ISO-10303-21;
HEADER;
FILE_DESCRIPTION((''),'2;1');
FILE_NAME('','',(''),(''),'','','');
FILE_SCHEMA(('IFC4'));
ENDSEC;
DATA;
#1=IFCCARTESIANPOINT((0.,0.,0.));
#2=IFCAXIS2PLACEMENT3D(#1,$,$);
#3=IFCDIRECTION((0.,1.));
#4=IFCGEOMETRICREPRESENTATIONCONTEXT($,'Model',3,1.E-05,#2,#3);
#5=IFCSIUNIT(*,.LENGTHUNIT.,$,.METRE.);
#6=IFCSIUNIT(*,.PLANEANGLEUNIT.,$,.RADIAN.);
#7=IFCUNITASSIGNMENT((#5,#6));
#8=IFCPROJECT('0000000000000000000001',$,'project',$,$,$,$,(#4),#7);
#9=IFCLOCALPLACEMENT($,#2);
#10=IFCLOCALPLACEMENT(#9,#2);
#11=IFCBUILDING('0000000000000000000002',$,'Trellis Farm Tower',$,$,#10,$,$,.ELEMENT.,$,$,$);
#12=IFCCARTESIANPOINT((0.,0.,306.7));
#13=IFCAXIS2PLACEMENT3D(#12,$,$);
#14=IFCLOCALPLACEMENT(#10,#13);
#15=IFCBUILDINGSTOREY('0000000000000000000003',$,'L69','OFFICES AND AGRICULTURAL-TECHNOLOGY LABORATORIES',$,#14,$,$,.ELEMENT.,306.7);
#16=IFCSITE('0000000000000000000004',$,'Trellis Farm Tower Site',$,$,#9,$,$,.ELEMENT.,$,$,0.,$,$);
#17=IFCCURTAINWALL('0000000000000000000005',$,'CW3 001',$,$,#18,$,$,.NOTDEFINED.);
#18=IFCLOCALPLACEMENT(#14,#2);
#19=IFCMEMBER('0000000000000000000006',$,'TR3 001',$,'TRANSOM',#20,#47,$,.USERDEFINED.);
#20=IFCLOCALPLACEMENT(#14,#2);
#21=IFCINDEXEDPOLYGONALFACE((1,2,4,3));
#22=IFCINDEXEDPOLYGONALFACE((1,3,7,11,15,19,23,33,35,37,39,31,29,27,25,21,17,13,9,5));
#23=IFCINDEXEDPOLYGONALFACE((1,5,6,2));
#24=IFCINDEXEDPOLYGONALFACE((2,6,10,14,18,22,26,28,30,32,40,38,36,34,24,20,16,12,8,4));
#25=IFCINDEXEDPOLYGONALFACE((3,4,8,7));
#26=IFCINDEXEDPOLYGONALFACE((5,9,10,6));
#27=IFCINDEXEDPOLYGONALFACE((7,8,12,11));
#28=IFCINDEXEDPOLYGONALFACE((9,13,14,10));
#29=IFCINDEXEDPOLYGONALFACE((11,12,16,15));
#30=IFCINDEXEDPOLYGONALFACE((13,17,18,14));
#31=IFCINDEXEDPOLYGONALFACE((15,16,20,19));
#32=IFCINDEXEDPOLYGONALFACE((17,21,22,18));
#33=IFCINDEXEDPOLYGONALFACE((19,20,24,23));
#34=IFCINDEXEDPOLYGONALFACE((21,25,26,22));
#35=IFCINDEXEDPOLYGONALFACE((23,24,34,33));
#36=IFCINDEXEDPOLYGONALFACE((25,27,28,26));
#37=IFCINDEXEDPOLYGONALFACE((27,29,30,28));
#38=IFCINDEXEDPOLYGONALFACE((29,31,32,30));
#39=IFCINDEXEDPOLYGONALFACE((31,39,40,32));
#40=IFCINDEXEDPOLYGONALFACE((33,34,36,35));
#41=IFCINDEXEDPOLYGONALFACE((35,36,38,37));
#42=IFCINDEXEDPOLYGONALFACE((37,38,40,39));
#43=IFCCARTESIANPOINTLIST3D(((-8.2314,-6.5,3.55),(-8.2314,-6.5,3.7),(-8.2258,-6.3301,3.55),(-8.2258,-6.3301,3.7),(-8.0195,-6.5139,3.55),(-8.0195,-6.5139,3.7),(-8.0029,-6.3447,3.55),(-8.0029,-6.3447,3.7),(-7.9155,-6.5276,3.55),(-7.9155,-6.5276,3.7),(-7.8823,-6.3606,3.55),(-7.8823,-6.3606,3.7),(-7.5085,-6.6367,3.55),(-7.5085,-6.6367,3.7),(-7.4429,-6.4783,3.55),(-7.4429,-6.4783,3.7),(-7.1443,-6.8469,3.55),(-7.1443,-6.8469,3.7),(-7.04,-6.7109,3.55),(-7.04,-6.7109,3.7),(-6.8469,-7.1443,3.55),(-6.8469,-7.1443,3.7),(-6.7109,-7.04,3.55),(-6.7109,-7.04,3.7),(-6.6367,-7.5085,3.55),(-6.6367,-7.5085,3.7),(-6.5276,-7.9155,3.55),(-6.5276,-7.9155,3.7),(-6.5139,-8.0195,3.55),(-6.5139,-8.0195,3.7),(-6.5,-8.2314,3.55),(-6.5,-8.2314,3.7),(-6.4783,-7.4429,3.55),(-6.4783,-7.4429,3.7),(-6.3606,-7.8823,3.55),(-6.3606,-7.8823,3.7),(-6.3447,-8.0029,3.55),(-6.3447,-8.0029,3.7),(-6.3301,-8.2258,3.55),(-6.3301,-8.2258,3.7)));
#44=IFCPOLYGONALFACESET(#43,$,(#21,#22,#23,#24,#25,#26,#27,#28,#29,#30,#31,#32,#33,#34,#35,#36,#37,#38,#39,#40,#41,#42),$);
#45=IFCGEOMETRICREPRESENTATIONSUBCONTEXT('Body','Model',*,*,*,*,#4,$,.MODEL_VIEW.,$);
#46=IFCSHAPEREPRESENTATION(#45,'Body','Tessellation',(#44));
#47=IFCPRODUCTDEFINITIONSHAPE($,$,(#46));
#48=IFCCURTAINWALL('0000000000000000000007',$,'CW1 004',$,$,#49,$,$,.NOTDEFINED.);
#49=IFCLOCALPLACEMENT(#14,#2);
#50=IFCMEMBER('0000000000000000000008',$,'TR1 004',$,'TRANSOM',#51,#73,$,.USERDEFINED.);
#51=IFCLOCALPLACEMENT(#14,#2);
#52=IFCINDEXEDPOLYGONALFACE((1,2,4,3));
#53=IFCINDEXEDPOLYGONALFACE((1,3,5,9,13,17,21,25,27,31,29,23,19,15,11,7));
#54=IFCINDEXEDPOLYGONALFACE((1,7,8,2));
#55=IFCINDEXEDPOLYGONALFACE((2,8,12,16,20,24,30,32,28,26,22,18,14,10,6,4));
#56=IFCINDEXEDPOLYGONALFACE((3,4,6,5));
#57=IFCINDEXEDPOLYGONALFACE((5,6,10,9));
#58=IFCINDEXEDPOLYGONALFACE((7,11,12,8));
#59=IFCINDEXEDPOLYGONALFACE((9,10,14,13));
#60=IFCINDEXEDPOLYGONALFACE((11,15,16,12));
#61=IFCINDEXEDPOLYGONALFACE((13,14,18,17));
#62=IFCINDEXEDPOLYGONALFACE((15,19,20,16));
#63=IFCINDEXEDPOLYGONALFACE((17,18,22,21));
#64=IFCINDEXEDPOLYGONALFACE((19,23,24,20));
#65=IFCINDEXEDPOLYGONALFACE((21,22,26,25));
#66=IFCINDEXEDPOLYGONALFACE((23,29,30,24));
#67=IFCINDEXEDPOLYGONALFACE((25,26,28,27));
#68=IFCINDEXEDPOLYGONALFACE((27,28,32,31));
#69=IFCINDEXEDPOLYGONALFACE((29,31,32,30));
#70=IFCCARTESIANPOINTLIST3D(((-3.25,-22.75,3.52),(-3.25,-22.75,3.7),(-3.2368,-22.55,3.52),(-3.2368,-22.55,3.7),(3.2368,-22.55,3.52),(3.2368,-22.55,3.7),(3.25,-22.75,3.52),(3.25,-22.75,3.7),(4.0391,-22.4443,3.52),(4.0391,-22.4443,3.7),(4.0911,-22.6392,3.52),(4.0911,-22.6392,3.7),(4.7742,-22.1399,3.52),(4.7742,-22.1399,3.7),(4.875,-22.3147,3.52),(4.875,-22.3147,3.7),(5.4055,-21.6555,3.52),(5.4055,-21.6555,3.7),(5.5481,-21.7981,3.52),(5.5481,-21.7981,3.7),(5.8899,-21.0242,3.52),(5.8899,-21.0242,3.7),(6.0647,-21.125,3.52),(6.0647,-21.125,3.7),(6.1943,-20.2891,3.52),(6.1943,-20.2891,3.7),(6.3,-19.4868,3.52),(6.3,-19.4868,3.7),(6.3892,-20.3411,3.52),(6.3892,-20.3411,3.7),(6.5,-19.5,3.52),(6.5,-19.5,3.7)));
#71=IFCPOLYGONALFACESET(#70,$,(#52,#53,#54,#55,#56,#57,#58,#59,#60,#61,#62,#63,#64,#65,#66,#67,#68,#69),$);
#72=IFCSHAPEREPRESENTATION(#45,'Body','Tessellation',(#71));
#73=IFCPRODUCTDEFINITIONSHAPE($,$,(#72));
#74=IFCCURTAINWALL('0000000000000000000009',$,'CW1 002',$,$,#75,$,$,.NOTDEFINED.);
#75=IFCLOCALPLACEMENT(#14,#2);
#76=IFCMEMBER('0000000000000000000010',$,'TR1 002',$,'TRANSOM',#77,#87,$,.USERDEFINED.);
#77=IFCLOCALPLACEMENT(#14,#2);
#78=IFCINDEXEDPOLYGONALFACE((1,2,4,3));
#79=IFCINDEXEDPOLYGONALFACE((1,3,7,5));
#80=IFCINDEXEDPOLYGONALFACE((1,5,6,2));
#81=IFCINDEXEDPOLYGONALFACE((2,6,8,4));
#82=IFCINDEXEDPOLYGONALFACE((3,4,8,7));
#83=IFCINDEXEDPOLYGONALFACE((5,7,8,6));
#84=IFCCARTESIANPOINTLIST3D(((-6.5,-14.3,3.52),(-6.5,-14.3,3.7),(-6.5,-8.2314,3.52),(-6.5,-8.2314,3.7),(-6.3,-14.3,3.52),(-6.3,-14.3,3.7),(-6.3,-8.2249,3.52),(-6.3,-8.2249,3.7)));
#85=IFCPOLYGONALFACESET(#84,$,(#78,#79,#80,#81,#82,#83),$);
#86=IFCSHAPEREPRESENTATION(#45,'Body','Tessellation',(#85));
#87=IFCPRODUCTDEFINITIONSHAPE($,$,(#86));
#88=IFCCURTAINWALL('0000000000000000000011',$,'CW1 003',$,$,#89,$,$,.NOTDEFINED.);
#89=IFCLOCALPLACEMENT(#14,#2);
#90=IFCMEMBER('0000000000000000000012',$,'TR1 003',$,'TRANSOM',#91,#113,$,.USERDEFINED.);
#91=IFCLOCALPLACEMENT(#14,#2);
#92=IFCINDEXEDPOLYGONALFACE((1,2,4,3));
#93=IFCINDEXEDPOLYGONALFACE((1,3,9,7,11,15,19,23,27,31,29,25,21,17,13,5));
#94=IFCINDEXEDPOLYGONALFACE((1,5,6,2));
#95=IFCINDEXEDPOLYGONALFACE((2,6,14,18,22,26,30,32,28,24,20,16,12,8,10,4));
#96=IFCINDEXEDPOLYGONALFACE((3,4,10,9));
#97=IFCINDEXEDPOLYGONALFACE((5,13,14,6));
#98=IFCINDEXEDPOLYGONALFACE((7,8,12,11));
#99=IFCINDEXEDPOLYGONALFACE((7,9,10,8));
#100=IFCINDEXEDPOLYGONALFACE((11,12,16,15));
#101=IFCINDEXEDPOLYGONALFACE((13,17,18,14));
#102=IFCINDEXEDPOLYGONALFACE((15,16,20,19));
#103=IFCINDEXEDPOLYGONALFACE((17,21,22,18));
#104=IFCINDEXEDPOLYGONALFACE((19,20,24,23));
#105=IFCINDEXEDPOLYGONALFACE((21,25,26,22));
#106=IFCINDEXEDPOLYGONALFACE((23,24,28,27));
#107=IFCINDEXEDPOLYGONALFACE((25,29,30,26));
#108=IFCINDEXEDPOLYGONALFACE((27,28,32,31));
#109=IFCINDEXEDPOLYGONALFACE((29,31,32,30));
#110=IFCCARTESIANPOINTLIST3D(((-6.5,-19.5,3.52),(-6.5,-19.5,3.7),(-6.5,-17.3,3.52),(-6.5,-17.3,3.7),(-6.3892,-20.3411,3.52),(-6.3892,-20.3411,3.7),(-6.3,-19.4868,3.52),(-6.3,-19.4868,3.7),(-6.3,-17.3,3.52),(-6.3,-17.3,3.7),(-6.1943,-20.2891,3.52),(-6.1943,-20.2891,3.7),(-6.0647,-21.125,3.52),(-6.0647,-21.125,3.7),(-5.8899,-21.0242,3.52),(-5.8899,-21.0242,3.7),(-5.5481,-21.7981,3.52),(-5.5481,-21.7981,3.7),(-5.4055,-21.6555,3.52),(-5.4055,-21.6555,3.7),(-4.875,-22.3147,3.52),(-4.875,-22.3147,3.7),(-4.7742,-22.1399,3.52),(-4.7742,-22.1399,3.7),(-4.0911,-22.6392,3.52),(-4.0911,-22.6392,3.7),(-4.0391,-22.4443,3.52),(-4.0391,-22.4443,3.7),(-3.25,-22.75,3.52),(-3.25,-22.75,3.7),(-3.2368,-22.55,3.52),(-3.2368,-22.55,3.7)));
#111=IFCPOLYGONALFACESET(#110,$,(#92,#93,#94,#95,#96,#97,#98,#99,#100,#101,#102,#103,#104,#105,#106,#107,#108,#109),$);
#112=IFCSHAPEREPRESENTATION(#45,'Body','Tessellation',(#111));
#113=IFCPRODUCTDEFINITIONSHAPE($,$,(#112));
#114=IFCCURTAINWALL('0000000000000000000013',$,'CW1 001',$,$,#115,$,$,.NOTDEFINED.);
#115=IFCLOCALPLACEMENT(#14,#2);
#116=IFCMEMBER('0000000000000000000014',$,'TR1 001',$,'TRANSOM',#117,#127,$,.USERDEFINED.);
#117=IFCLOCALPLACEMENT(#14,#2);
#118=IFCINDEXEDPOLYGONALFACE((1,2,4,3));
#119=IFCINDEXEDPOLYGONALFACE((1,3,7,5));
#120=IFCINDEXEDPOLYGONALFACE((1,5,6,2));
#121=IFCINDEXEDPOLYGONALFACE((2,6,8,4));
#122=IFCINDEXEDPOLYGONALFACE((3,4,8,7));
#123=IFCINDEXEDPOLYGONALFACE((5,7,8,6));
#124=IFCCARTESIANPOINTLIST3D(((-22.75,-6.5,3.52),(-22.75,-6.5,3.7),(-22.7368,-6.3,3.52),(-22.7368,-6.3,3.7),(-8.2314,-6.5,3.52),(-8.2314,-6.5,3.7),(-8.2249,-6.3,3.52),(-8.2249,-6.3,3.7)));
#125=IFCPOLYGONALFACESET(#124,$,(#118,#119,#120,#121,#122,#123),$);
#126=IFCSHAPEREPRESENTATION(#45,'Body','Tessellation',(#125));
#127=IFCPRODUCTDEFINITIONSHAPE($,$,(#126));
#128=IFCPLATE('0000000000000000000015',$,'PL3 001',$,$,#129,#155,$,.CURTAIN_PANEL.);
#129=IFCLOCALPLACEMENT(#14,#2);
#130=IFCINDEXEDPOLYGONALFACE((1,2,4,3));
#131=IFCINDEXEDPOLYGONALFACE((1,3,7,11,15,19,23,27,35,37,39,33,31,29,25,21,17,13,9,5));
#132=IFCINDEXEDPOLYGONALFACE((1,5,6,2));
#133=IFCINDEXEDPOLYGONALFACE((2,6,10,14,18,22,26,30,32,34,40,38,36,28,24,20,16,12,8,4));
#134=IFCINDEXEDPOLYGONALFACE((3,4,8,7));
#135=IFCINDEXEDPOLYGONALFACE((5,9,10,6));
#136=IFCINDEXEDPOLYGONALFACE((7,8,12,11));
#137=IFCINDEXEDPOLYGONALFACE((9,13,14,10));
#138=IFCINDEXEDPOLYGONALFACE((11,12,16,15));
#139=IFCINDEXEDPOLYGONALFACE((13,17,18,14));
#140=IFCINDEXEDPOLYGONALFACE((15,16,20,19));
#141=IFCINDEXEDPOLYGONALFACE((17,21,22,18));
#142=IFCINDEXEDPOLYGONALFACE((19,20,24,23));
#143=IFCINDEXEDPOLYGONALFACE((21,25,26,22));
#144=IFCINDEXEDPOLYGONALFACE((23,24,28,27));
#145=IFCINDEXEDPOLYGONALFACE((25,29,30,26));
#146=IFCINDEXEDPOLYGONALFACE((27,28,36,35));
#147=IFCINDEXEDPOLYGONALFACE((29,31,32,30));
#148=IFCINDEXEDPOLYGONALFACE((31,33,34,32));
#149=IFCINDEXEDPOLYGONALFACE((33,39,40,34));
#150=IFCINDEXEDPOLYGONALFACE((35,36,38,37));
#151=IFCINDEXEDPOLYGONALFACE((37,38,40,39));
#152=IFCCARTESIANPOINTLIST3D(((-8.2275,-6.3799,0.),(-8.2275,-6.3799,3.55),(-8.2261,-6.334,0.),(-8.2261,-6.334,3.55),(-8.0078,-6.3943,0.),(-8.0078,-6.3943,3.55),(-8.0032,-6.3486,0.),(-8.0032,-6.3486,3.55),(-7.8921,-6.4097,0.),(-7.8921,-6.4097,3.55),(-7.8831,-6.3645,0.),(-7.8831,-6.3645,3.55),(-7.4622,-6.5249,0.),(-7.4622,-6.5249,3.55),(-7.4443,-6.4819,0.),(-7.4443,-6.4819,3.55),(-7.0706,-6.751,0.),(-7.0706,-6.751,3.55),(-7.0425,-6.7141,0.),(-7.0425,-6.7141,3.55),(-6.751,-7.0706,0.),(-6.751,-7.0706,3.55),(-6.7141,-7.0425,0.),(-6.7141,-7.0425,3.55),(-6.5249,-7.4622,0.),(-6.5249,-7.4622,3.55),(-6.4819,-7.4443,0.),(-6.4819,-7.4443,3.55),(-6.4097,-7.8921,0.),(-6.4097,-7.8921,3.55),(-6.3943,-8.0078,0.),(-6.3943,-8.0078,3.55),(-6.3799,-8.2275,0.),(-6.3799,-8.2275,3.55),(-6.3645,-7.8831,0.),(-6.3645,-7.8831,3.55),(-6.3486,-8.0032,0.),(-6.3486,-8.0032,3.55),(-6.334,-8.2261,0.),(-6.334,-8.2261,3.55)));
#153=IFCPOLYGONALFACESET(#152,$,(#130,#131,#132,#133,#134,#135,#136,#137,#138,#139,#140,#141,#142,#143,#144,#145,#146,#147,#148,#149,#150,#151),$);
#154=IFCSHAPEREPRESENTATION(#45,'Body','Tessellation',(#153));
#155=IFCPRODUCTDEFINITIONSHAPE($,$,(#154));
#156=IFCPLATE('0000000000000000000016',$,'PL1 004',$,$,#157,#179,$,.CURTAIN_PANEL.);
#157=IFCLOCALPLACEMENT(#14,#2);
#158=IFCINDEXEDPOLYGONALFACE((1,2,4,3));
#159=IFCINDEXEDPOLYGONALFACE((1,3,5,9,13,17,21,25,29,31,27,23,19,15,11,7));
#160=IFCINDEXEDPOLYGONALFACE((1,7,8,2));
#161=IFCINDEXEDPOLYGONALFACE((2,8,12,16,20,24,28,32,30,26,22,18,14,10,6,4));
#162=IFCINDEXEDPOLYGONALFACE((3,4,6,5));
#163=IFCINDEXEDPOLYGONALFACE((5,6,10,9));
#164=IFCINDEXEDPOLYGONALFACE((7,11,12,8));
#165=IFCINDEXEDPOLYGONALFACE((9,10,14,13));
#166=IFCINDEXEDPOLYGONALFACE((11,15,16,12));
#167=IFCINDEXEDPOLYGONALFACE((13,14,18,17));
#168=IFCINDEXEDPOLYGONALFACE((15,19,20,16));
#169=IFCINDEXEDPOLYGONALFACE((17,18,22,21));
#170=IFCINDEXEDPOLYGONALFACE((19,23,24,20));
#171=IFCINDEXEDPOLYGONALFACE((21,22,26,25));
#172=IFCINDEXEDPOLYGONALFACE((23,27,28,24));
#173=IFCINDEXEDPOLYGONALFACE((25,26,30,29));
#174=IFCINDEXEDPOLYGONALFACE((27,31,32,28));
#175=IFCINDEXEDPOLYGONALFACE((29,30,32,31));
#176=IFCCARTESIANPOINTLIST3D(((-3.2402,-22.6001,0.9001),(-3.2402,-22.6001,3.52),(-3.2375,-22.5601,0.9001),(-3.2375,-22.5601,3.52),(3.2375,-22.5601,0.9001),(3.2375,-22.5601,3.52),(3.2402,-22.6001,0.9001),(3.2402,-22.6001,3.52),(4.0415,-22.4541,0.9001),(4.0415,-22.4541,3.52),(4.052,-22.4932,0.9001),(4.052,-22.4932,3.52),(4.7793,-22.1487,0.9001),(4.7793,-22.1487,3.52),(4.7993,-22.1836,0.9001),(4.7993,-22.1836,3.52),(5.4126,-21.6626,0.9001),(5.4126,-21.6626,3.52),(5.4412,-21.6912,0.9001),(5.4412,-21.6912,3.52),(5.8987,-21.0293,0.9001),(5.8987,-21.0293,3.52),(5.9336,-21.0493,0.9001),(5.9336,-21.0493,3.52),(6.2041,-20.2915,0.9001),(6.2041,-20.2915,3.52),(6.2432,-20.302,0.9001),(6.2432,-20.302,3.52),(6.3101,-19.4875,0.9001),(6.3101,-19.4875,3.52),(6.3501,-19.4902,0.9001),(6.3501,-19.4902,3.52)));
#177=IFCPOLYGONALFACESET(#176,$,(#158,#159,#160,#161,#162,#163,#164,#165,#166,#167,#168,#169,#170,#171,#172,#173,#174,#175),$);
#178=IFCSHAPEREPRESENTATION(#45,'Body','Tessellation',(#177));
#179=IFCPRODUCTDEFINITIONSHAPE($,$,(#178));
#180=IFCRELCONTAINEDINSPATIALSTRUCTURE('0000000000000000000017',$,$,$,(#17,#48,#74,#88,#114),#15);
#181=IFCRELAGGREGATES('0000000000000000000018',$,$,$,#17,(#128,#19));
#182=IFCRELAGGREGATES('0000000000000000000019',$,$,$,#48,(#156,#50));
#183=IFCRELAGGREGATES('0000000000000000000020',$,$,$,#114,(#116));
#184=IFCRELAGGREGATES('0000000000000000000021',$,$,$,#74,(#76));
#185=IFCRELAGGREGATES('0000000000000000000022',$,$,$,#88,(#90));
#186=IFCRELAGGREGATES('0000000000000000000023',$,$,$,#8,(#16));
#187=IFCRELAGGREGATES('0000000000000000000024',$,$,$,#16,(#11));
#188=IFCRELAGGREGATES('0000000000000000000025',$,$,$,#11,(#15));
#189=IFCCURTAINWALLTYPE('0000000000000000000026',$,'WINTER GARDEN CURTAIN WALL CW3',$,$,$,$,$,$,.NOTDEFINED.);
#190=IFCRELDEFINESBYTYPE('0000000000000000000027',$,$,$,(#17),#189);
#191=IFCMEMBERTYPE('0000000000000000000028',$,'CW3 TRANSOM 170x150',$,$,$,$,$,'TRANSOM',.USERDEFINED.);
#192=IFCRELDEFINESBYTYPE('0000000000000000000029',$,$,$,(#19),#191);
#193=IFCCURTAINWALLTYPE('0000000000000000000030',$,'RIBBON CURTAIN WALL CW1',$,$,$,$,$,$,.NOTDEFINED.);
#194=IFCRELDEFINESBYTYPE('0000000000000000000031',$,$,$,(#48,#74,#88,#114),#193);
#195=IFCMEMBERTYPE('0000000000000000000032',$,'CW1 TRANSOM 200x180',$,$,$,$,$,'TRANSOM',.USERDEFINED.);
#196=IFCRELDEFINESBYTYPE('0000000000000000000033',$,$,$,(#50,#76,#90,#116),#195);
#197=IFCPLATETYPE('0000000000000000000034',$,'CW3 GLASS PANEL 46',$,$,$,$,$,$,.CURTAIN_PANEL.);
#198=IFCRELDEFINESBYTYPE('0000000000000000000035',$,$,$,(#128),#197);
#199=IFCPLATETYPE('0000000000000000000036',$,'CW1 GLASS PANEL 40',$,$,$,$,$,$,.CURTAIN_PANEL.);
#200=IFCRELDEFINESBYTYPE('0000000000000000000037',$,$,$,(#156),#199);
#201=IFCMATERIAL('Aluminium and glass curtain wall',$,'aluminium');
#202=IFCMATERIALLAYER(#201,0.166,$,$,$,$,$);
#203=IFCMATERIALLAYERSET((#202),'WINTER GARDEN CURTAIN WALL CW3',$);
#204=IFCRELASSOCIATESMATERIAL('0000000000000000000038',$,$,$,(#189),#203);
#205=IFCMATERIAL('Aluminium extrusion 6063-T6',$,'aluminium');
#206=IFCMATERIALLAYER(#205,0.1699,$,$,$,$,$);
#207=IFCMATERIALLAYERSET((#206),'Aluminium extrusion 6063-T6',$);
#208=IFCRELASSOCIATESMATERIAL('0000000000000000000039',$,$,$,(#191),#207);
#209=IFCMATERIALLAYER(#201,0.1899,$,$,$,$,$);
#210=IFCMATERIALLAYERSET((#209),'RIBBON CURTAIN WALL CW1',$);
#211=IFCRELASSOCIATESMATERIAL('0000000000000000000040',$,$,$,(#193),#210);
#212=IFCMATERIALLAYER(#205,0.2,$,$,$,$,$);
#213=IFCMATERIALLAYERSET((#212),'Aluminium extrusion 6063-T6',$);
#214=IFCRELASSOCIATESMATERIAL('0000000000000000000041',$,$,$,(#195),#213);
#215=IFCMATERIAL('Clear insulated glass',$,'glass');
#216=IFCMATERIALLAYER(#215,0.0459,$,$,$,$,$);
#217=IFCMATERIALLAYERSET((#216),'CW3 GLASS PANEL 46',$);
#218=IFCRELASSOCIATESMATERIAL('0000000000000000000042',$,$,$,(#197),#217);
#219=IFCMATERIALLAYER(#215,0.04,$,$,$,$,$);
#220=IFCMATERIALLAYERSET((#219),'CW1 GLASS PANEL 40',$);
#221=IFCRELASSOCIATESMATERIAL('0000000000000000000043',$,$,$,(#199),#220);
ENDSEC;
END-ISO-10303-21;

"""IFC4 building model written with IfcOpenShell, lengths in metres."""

from ifc_helpers import new_model, si_unit, direction, frame, origin, place, context, subcontext, project, spatial, polyline, outline, extrude, source, transform, mapped, material, layer, layer_set, type_object, element, aggregate, save


model = new_model("IFC4")

# Units and contexts
model_context = context("Model", 3, precision=1e-05, world=origin(), true_north=direction((0.0, 1.0)))
body_context = subcontext(model_context, "Body", "Model", "MODEL_VIEW")
ifc_project = project(units=[si_unit("LENGTHUNIT", "METRE"), si_unit("PLANEANGLEUNIT", "RADIAN")], contexts=[model_context])

# Site, building, storey
site_placement = place(None, origin())
site = spatial("IfcSite", under=ifc_project, at=site_placement, Name="Trellis Farm Tower Site", CompositionType="ELEMENT", RefElevation=0.0)
building_placement = place(site_placement, origin())
building = spatial("IfcBuilding", under=site, at=building_placement, Name="Trellis Farm Tower", CompositionType="ELEMENT")
storey_placement = place(building_placement, frame((0.0, 0.0, 306.7)))
storey = spatial("IfcBuildingStorey", under=building, at=storey_placement, Name="L69", Description="OFFICES AND AGRICULTURAL-TECHNOLOGY LABORATORIES", CompositionType="ELEMENT", Elevation=306.7)

# Curtain walls, members
ifc_material_1 = material(Name="Aluminium and glass curtain wall", Category="aluminium")
ifc_layer_1 = layer(ifc_material_1, 0.166)
ifc_layer_set_1 = layer_set([ifc_layer_1], Name="WINTER GARDEN CURTAIN WALL CW3")
curtain_wall_type_1 = type_object("IfcCurtainWallType", Name="WINTER GARDEN CURTAIN WALL CW3", PredefinedType="NOTDEFINED", material=ifc_layer_set_1)
placement_1 = place(storey_placement, origin())
curtain_wall_1 = element("IfcCurtainWall", 1, at=placement_1, inside=storey, type_object=curtain_wall_type_1, Name="CW3 001", PredefinedType="NOTDEFINED")
ifc_material_2 = material(Name="Aluminium extrusion 6063-T6", Category="aluminium")
ifc_layer_2 = layer(ifc_material_2, 0.1699)
ifc_layer_set_2 = layer_set([ifc_layer_2], Name="Aluminium extrusion 6063-T6")
member_type_1 = type_object("IfcMemberType", Name="CW3 TRANSOM 170x150", ElementType="TRANSOM", PredefinedType="USERDEFINED", material=ifc_layer_set_2)
shared_shape_1 = source(origin(), body_context, "Body", "SweptSolid", [
    extrude(outline(polyline([(-8.2314, -6.5), (-8.0195, -6.5139), (-7.9155, -6.5276), (-7.5085, -6.6367), (-7.1443, -6.8469), (-6.8469, -7.1443), (-6.6367, -7.5085), (-6.5276, -7.9155), (-6.5139, -8.0195), (-6.5, -8.2314), (-6.3301, -8.2258), (-6.3447, -8.0029), (-6.3606, -7.8823), (-6.4783, -7.4429), (-6.7109, -7.04), (-7.04, -6.7109), (-7.4429, -6.4783), (-7.8823, -6.3606), (-8.0029, -6.3447), (-8.2258, -6.3301), (-8.2314, -6.5)])), origin(), (0.0, 0.0, 1.0), 0.1499),
])
member_1_placement = place(storey_placement, frame((0.0, 0.0, 3.55)))
member_1 = element("IfcMember", 2, at=member_1_placement, type_object=member_type_1, Name="TR3 001", ObjectType="TRANSOM", PredefinedType="USERDEFINED", context=body_context, shape_type="MappedRepresentation", body=[
    mapped(shared_shape_1, transform((0.0, 0.0, 0.0))),
])
ifc_layer_3 = layer(ifc_material_1, 0.1899)
ifc_layer_set_3 = layer_set([ifc_layer_3], Name="RIBBON CURTAIN WALL CW1")
curtain_wall_type_2 = type_object("IfcCurtainWallType", Name="RIBBON CURTAIN WALL CW1", PredefinedType="NOTDEFINED", material=ifc_layer_set_3)
curtain_wall_2 = element("IfcCurtainWall", 3, at=placement_1, inside=storey, type_object=curtain_wall_type_2, Name="CW1 004", PredefinedType="NOTDEFINED")
ifc_layer_4 = layer(ifc_material_2, 0.2)
ifc_layer_set_4 = layer_set([ifc_layer_4], Name="Aluminium extrusion 6063-T6")
member_type_2 = type_object("IfcMemberType", Name="CW1 TRANSOM 200x180", ElementType="TRANSOM", PredefinedType="USERDEFINED", material=ifc_layer_set_4)
shared_shape_2 = source(origin(), body_context, "Body", "SweptSolid", [
    extrude(outline(polyline([(-3.25, -22.75), (3.25, -22.75), (4.0911, -22.6392), (4.875, -22.3147), (5.5481, -21.7981), (6.0647, -21.125), (6.3892, -20.3411), (6.5, -19.5), (6.3, -19.4868), (6.1943, -20.2891), (5.8899, -21.0242), (5.4055, -21.6555), (4.7742, -22.1399), (4.0391, -22.4443), (3.2368, -22.55), (-3.2368, -22.55), (-3.25, -22.75)])), origin(), (0.0, 0.0, 1.0), 0.1799),
])
placement_2 = place(storey_placement, frame((0.0, 0.0, 3.52)))
member_2 = element("IfcMember", 4, at=placement_2, type_object=member_type_2, Name="TR1 004", ObjectType="TRANSOM", PredefinedType="USERDEFINED", context=body_context, shape_type="MappedRepresentation", body=[
    mapped(shared_shape_2, transform((0.0, 0.0, 0.0))),
])
curtain_wall_3 = element("IfcCurtainWall", 5, at=placement_1, inside=storey, type_object=curtain_wall_type_2, Name="CW1 002", PredefinedType="NOTDEFINED")
shared_shape_3 = source(origin(), body_context, "Body", "SweptSolid", [
    extrude(outline(polyline([(-6.5, -8.2314), (-6.5, -14.3), (-6.3, -14.3), (-6.3, -8.2249), (-6.5, -8.2314)])), origin(), (0.0, 0.0, 1.0), 0.1799),
])
member_3 = element("IfcMember", 6, at=placement_2, type_object=member_type_2, Name="TR1 002", ObjectType="TRANSOM", PredefinedType="USERDEFINED", context=body_context, shape_type="MappedRepresentation", body=[
    mapped(shared_shape_3, transform((0.0, 0.0, 0.0))),
])
curtain_wall_4 = element("IfcCurtainWall", 7, at=placement_1, inside=storey, type_object=curtain_wall_type_2, Name="CW1 003", PredefinedType="NOTDEFINED")
shared_shape_4 = source(origin(), body_context, "Body", "SweptSolid", [
    extrude(outline(polyline([(-6.5, -17.3), (-6.5, -19.5), (-6.3892, -20.3411), (-6.0647, -21.125), (-5.5481, -21.7981), (-4.875, -22.3147), (-4.0911, -22.6392), (-3.25, -22.75), (-3.2368, -22.55), (-4.0391, -22.4443), (-4.7742, -22.1399), (-5.4055, -21.6555), (-5.8899, -21.0242), (-6.1943, -20.2891), (-6.3, -19.4868), (-6.3, -17.3), (-6.5, -17.3)])), origin(), (0.0, 0.0, 1.0), 0.1799),
])
member_4 = element("IfcMember", 8, at=placement_2, type_object=member_type_2, Name="TR1 003", ObjectType="TRANSOM", PredefinedType="USERDEFINED", context=body_context, shape_type="MappedRepresentation", body=[
    mapped(shared_shape_4, transform((0.0, 0.0, 0.0))),
])
curtain_wall_5 = element("IfcCurtainWall", 9, at=placement_1, inside=storey, type_object=curtain_wall_type_2, Name="CW1 001", PredefinedType="NOTDEFINED")
shared_shape_5 = source(origin(), body_context, "Body", "SweptSolid", [
    extrude(outline(polyline([(-22.75, -6.5), (-8.2314, -6.5), (-8.2249, -6.3), (-22.7368, -6.3), (-22.75, -6.5)])), origin(), (0.0, 0.0, 1.0), 0.1799),
])
member_5 = element("IfcMember", 10, at=placement_2, type_object=member_type_2, Name="TR1 001", ObjectType="TRANSOM", PredefinedType="USERDEFINED", context=body_context, shape_type="MappedRepresentation", body=[
    mapped(shared_shape_5, transform((0.0, 0.0, 0.0))),
])

# Plates
ifc_material_3 = material(Name="Clear insulated glass", Category="glass")
ifc_layer_5 = layer(ifc_material_3, 0.0459)
ifc_layer_set_5 = layer_set([ifc_layer_5], Name="CW3 GLASS PANEL 46")
plate_type_1 = type_object("IfcPlateType", Name="CW3 GLASS PANEL 46", PredefinedType="CURTAIN_PANEL", material=ifc_layer_set_5)
shared_shape_6 = source(origin(), body_context, "Body", "SweptSolid", [
    extrude(outline(polyline([(-8.2275, -6.3799), (-8.0078, -6.3943), (-7.8921, -6.4097), (-7.4622, -6.5249), (-7.0706, -6.751), (-6.751, -7.0706), (-6.5249, -7.4622), (-6.4097, -7.8921), (-6.3943, -8.0078), (-6.3799, -8.2275), (-6.334, -8.2261), (-6.3486, -8.0032), (-6.3645, -7.8831), (-6.4819, -7.4443), (-6.7141, -7.0425), (-7.0425, -6.7141), (-7.4443, -6.4819), (-7.8831, -6.3645), (-8.0032, -6.3486), (-8.2261, -6.334), (-8.2275, -6.3799)])), origin(), (0.0, 0.0, 1.0), 3.55),
])
plate_1 = element("IfcPlate", 11, at=placement_1, type_object=plate_type_1, Name="PL3 001", PredefinedType="CURTAIN_PANEL", context=body_context, shape_type="MappedRepresentation", body=[
    mapped(shared_shape_6, transform((0.0, 0.0, 0.0))),
])
aggregate(curtain_wall_1, [plate_1, member_1])
ifc_layer_6 = layer(ifc_material_3, 0.04)
ifc_layer_set_6 = layer_set([ifc_layer_6], Name="CW1 GLASS PANEL 40")
plate_type_2 = type_object("IfcPlateType", Name="CW1 GLASS PANEL 40", PredefinedType="CURTAIN_PANEL", material=ifc_layer_set_6)
shared_shape_7 = source(origin(), body_context, "Body", "SweptSolid", [
    extrude(outline(polyline([(-3.2402, -22.6001), (3.2402, -22.6001), (4.052, -22.4932), (4.7993, -22.1836), (5.4412, -21.6912), (5.9336, -21.0493), (6.2432, -20.302), (6.3501, -19.4902), (6.3101, -19.4875), (6.2041, -20.2915), (5.8987, -21.0293), (5.4126, -21.6626), (4.7793, -22.1487), (4.0415, -22.4541), (3.2375, -22.5601), (-3.2375, -22.5601), (-3.2402, -22.6001)])), origin(), (0.0, 0.0, 1.0), 2.6199),
])
placement_3 = place(storey_placement, frame((0.0, 0.0, 0.9001)))
plate_2 = element("IfcPlate", 12, at=placement_3, type_object=plate_type_2, Name="PL1 004", PredefinedType="CURTAIN_PANEL", context=body_context, shape_type="MappedRepresentation", body=[
    mapped(shared_shape_7, transform((0.0, 0.0, 0.0))),
])
aggregate(curtain_wall_2, [plate_2, member_2])
aggregate(curtain_wall_5, [member_5])
aggregate(curtain_wall_3, [member_3])
aggregate(curtain_wall_4, [member_4])

save(model, "model.ifc")
